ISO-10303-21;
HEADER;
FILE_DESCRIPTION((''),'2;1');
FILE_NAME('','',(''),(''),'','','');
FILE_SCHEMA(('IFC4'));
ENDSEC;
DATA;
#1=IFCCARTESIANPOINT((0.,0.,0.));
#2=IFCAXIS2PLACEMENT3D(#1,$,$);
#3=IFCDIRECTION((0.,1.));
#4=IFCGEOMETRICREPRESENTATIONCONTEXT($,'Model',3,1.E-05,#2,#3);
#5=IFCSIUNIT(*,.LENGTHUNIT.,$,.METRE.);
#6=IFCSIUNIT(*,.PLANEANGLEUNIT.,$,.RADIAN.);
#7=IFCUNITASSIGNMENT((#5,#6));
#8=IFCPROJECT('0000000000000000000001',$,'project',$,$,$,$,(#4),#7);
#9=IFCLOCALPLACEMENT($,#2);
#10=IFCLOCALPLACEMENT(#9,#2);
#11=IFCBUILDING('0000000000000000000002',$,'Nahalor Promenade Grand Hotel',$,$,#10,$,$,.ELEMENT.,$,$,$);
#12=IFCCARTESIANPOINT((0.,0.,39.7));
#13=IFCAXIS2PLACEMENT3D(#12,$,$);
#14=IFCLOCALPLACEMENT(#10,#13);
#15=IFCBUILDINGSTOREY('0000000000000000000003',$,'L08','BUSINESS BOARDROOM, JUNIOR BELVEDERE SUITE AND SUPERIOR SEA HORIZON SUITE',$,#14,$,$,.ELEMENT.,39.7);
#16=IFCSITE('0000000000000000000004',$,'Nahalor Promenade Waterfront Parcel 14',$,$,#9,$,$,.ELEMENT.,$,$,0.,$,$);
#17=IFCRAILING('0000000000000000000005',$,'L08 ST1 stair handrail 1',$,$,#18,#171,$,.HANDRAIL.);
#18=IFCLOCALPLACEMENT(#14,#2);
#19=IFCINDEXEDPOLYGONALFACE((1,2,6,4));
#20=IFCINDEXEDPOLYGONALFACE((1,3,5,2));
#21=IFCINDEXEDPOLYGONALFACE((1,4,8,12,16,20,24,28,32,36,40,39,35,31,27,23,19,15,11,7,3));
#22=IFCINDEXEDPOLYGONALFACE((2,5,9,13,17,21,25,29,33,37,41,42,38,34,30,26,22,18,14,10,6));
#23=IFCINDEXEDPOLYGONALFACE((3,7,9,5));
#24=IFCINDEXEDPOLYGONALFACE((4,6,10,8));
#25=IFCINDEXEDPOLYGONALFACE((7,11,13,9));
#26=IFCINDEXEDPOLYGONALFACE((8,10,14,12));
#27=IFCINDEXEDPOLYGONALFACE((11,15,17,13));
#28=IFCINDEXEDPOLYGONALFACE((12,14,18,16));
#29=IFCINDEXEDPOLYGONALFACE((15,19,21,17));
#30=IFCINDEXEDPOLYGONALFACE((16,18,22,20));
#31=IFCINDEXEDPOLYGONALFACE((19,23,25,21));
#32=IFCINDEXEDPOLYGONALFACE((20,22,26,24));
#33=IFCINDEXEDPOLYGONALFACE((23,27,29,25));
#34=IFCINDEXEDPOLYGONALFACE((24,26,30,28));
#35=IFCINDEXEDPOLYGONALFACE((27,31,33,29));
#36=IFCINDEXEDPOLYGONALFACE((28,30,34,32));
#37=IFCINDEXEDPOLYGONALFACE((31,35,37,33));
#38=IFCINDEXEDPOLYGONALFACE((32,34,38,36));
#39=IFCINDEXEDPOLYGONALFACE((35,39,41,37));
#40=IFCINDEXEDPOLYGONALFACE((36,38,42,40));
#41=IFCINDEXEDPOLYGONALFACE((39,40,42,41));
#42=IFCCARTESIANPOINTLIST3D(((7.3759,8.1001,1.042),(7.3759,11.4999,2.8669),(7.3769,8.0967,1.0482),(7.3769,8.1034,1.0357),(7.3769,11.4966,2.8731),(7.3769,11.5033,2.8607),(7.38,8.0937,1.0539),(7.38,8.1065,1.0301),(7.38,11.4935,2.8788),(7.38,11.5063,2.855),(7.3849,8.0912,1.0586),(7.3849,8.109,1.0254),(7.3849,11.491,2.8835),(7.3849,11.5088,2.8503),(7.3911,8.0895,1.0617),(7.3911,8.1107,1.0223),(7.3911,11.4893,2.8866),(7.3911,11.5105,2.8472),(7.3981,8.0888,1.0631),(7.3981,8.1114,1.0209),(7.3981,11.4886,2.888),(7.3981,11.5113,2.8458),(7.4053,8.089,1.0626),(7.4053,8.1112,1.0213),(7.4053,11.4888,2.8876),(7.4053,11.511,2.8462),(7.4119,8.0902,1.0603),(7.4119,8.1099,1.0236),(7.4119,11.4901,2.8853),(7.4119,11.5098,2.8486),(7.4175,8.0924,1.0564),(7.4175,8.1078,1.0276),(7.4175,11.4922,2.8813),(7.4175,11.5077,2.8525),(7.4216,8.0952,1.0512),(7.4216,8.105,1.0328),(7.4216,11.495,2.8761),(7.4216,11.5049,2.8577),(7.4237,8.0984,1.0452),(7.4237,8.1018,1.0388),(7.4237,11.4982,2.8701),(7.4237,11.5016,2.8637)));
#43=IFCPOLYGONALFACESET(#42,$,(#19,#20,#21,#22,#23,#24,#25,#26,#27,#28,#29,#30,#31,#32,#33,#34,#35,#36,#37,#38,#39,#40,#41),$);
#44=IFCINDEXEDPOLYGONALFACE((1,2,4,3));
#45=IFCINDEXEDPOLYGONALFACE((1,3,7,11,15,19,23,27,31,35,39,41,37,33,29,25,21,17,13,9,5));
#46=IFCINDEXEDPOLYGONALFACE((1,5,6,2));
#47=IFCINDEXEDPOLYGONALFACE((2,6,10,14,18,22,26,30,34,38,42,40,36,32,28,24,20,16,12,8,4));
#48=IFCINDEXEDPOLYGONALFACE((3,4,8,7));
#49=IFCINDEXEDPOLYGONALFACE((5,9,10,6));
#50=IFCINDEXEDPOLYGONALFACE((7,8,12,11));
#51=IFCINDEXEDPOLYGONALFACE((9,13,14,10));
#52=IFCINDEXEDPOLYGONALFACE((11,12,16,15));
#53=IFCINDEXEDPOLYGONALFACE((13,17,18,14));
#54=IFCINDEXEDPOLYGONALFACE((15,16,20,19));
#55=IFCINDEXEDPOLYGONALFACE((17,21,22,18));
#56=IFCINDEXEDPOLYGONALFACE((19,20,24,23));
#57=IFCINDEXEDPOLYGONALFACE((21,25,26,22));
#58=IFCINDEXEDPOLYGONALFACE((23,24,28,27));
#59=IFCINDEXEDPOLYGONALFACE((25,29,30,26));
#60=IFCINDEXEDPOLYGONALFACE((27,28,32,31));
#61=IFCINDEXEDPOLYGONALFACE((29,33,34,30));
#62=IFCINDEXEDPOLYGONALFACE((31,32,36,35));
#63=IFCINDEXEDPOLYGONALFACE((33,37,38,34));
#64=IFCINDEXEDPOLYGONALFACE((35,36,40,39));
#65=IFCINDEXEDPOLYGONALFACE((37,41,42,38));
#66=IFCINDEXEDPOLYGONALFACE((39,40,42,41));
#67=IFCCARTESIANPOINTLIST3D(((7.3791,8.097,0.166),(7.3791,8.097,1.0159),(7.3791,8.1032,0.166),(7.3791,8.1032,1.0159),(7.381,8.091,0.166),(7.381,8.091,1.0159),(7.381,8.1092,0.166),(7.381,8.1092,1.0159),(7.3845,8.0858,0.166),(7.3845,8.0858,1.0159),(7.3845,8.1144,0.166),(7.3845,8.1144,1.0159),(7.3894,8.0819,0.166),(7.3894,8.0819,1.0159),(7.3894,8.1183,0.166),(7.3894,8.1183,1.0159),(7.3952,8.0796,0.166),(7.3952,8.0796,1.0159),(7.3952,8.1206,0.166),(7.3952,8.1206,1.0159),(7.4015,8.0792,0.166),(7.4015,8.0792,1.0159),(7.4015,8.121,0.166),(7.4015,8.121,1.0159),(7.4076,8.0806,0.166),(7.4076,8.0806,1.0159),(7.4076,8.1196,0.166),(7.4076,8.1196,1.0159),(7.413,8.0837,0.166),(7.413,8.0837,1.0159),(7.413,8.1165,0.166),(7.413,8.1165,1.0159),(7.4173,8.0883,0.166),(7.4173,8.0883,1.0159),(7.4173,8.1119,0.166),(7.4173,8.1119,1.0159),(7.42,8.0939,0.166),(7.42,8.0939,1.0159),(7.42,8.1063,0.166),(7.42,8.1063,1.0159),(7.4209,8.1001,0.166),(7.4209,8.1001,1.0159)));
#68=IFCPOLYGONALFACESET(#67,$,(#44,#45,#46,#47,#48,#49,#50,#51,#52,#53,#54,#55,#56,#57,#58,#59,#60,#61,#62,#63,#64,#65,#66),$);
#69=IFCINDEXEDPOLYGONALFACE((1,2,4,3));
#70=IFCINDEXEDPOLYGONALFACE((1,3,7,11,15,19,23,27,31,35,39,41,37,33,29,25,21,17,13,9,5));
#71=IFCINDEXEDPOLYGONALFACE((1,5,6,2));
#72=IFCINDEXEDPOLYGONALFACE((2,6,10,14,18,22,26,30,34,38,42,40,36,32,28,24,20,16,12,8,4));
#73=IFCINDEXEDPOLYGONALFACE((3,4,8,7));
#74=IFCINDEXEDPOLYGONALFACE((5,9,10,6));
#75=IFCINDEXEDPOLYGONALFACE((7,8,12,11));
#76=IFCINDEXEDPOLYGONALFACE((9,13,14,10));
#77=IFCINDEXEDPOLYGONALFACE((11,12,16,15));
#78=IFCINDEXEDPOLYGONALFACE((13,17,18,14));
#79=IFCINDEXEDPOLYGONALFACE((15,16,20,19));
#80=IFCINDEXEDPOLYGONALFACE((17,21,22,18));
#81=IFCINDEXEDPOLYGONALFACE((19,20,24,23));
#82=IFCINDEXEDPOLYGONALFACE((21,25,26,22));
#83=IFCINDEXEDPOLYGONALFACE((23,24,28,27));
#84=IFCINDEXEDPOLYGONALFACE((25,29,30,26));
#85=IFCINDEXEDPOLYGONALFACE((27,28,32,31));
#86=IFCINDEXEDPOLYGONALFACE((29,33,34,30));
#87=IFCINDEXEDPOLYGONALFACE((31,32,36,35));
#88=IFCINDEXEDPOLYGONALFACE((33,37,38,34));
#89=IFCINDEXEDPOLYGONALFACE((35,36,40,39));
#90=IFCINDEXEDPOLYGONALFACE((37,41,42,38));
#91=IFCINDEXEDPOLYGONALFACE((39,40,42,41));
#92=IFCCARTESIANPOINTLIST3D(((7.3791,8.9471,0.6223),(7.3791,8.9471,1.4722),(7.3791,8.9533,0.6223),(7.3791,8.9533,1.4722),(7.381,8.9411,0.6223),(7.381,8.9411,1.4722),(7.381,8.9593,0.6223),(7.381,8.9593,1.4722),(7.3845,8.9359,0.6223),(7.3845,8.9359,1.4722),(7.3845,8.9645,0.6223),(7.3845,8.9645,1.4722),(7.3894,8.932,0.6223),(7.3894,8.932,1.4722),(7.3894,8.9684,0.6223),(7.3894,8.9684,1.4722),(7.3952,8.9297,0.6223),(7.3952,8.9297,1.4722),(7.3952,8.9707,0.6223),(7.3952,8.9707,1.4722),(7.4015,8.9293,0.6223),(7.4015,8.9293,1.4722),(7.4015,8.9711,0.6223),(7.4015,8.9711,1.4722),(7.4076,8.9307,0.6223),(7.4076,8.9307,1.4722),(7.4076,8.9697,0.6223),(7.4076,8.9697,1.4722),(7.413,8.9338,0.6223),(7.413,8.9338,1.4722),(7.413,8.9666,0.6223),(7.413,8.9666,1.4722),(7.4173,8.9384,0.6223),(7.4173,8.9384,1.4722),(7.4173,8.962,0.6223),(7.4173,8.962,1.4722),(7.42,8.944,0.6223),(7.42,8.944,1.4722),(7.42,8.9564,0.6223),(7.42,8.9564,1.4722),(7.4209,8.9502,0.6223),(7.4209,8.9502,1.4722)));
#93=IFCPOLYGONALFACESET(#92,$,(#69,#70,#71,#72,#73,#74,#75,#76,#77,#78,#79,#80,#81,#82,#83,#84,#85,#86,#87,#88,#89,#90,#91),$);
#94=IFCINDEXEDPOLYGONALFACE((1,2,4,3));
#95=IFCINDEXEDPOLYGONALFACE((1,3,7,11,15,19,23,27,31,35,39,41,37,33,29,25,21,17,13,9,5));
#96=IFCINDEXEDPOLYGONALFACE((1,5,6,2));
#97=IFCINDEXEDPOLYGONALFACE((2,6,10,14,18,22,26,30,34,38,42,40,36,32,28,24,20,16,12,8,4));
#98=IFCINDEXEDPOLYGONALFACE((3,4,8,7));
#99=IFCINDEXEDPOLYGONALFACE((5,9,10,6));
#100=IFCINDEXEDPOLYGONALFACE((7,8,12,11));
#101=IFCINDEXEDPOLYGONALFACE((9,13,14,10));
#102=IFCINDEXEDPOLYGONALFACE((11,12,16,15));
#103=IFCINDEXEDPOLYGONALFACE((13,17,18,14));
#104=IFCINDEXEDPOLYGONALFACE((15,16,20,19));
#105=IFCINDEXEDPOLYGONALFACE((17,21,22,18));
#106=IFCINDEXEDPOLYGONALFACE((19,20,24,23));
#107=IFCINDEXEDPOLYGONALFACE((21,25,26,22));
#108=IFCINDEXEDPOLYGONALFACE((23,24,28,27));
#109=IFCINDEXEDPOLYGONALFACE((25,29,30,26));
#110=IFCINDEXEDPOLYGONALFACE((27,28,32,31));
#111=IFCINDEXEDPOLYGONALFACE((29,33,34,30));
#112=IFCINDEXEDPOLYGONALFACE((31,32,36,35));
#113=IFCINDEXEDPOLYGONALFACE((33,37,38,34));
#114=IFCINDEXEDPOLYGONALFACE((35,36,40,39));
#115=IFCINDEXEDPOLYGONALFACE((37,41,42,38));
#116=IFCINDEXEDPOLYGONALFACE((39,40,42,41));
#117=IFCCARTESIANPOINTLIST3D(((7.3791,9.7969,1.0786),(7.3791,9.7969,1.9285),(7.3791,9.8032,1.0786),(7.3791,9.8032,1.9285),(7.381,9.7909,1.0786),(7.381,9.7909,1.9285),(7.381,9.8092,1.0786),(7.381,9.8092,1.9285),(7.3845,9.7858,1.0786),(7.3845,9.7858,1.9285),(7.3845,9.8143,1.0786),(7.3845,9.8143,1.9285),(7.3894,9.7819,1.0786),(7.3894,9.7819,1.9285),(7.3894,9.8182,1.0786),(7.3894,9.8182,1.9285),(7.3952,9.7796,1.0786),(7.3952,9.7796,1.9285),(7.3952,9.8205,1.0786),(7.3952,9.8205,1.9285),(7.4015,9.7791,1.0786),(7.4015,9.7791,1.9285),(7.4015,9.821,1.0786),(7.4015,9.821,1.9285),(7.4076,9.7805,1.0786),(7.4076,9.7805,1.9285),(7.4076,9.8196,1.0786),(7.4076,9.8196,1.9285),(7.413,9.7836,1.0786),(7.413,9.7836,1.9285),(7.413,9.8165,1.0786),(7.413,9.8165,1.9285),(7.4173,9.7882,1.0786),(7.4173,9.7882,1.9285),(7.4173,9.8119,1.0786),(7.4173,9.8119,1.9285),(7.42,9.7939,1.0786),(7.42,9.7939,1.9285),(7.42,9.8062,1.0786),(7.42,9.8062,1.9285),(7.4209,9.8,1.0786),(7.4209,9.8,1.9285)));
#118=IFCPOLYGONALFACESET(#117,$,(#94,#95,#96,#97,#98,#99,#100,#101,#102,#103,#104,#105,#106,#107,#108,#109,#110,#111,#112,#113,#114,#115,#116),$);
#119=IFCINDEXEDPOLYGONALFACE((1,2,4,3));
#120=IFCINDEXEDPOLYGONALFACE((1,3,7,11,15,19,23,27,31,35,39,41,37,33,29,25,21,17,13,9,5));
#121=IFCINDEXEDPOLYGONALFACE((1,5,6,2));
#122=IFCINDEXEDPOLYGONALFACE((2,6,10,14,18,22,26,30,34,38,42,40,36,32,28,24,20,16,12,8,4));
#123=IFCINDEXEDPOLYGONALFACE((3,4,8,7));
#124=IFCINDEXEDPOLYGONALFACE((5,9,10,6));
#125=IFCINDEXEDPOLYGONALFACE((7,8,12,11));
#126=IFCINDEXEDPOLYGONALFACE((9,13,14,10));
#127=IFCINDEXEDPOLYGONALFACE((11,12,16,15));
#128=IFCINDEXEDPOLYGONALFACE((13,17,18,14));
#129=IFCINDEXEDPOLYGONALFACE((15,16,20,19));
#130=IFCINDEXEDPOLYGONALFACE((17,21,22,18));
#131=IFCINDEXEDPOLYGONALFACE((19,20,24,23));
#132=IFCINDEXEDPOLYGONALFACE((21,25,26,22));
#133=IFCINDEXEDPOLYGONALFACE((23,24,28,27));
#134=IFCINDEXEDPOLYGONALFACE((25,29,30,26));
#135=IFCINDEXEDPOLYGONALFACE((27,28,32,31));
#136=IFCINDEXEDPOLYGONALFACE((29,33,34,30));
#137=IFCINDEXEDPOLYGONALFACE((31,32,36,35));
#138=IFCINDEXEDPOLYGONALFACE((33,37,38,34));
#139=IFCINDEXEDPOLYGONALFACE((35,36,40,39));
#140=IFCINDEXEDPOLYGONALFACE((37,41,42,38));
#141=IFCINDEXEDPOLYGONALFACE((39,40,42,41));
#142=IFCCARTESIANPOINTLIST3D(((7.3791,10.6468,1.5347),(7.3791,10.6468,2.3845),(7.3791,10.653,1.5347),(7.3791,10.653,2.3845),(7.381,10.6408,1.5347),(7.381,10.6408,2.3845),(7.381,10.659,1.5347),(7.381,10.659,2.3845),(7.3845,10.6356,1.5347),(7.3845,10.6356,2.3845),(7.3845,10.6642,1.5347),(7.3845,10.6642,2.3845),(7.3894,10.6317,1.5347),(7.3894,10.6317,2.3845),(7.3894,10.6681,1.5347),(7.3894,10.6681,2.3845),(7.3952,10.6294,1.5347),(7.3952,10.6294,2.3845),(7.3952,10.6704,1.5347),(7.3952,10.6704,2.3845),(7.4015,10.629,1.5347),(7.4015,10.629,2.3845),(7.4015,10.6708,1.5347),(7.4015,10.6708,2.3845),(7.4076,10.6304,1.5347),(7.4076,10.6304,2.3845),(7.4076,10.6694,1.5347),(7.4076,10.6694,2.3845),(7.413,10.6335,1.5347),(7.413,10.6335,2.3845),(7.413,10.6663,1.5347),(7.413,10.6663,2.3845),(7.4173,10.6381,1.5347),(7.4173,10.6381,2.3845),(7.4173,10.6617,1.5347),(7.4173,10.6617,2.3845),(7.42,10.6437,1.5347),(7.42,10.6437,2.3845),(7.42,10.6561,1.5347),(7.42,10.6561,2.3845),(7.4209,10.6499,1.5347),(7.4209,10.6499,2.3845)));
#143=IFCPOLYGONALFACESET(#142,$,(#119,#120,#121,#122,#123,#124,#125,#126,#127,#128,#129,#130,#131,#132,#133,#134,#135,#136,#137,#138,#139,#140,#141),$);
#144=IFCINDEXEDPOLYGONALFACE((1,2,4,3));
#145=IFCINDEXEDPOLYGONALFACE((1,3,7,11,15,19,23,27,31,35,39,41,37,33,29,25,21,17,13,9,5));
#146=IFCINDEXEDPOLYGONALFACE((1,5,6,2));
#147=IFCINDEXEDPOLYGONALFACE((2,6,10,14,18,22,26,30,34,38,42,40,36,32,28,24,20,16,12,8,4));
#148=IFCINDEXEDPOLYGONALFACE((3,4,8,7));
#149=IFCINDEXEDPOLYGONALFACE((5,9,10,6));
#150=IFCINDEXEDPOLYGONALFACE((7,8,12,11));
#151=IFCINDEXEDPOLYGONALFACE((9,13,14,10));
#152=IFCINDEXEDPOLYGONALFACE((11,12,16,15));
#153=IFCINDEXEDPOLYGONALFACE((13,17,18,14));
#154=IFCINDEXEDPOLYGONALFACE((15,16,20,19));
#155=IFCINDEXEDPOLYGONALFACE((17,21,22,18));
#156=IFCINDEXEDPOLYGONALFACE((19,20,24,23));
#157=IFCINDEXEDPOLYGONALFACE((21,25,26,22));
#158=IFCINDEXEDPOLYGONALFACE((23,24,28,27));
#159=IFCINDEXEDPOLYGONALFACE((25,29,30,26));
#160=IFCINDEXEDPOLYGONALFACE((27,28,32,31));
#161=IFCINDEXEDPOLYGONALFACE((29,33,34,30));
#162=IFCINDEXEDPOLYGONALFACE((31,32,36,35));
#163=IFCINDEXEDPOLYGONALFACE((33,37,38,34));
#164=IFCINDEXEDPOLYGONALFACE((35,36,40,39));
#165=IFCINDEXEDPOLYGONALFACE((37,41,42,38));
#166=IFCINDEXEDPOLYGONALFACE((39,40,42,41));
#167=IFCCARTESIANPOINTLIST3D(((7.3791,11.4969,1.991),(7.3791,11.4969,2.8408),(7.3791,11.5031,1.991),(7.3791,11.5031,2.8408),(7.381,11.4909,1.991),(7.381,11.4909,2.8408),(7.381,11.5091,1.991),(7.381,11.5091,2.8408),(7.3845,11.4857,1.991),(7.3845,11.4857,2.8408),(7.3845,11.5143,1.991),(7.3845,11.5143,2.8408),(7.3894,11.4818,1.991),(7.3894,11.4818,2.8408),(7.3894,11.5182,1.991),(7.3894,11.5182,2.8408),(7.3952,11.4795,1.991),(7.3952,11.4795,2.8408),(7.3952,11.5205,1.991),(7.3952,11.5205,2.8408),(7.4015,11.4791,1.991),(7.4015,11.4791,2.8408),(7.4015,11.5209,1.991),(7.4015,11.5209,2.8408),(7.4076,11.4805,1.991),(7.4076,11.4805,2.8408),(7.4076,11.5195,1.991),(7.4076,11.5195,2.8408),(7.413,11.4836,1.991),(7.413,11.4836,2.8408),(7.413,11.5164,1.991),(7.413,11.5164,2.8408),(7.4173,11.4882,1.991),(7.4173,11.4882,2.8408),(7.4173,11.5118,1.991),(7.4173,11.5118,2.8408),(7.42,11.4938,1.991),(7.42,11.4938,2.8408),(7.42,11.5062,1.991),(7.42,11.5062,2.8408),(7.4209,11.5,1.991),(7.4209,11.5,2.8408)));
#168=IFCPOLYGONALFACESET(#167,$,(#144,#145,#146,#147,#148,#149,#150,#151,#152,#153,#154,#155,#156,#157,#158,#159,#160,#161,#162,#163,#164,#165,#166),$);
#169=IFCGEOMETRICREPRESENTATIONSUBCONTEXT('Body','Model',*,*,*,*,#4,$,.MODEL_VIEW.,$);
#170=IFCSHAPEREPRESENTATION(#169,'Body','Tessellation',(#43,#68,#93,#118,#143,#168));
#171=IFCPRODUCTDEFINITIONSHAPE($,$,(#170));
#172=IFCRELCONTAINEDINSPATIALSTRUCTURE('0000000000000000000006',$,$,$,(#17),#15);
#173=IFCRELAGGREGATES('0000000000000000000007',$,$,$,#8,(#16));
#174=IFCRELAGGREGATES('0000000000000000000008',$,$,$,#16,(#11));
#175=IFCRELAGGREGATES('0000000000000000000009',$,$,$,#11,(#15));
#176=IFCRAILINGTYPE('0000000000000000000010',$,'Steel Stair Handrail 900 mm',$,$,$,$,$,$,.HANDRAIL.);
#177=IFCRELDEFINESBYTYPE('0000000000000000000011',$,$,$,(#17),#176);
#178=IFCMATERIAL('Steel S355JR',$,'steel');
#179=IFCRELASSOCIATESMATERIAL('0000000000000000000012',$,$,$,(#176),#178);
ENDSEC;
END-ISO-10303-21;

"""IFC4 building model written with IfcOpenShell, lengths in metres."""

from ifc_helpers import new_model, si_unit, direction, frame, origin, origin_2d, place, context, subcontext, project, spatial, circle, extrude, material, type_object, element, save


model = new_model("IFC4")

# Units and contexts
model_context = context("Model", 3, precision=1e-05, world=origin(), true_north=direction((0.0, 1.0)))
body_context = subcontext(model_context, "Body", "Model", "MODEL_VIEW")
ifc_project = project(units=[si_unit("LENGTHUNIT", "METRE"), si_unit("PLANEANGLEUNIT", "RADIAN")], contexts=[model_context])

# Site, building, storey
site_placement = place(None, origin())
site = spatial("IfcSite", under=ifc_project, at=site_placement, Name="Nahalor Promenade Waterfront Parcel 14", CompositionType="ELEMENT", RefElevation=0.0)
building_placement = place(site_placement, origin())
building = spatial("IfcBuilding", under=site, at=building_placement, Name="Nahalor Promenade Grand Hotel", CompositionType="ELEMENT")
storey_placement = place(building_placement, frame((0.0, 0.0, 39.7)))
storey = spatial("IfcBuildingStorey", under=building, at=storey_placement, Name="L08", Description="BUSINESS BOARDROOM, JUNIOR BELVEDERE SUITE AND SUPERIOR SEA HORIZON SUITE", CompositionType="ELEMENT", Elevation=39.7)

# Shared definitions
ifc_material_1 = material(Name="Steel S355JR", Category="steel")

# Railing
railing_type_1 = type_object("IfcRailingType", Name="Steel Stair Handrail 900 mm", PredefinedType="HANDRAIL", material=ifc_material_1)
railing_1_placement = place(storey_placement, frame((7.3999, 8.1001, 0.166)))
element("IfcRailing", 1, at=railing_1_placement, inside=storey, type_object=railing_type_1, Name="L08 ST1 stair handrail 1", PredefinedType="HANDRAIL", context=body_context, shape_type="SweptSolid", body=[
    extrude(circle(Radius=0.024, at=origin_2d()), frame((0.0, 0.0, 0.876), z_axis=(0.0, 0.881094, 0.472941), x_axis=(-1.0, 0.0, 0.0)), (0.0, 0.0, 1.0), 3.8586),
    extrude(circle(Radius=0.021, at=origin_2d()), origin(), (0.0, 0.0, 1.0), 0.8499),
    extrude(circle(Radius=0.021, at=origin_2d()), frame((0.0, 0.8501, 0.4563)), (0.0, 0.0, 1.0), 0.8499),
    extrude(circle(Radius=0.021, at=origin_2d()), frame((0.0, 1.7, 0.9126)), (0.0, 0.0, 1.0), 0.8499),
    extrude(circle(Radius=0.021, at=origin_2d()), frame((0.0, 2.5498, 1.3687)), (0.0, 0.0, 1.0), 0.8499),
    extrude(circle(Radius=0.021, at=origin_2d()), frame((0.0, 3.3999, 1.825)), (0.0, 0.0, 1.0), 0.8499),
])

save(model, "model.ifc")
